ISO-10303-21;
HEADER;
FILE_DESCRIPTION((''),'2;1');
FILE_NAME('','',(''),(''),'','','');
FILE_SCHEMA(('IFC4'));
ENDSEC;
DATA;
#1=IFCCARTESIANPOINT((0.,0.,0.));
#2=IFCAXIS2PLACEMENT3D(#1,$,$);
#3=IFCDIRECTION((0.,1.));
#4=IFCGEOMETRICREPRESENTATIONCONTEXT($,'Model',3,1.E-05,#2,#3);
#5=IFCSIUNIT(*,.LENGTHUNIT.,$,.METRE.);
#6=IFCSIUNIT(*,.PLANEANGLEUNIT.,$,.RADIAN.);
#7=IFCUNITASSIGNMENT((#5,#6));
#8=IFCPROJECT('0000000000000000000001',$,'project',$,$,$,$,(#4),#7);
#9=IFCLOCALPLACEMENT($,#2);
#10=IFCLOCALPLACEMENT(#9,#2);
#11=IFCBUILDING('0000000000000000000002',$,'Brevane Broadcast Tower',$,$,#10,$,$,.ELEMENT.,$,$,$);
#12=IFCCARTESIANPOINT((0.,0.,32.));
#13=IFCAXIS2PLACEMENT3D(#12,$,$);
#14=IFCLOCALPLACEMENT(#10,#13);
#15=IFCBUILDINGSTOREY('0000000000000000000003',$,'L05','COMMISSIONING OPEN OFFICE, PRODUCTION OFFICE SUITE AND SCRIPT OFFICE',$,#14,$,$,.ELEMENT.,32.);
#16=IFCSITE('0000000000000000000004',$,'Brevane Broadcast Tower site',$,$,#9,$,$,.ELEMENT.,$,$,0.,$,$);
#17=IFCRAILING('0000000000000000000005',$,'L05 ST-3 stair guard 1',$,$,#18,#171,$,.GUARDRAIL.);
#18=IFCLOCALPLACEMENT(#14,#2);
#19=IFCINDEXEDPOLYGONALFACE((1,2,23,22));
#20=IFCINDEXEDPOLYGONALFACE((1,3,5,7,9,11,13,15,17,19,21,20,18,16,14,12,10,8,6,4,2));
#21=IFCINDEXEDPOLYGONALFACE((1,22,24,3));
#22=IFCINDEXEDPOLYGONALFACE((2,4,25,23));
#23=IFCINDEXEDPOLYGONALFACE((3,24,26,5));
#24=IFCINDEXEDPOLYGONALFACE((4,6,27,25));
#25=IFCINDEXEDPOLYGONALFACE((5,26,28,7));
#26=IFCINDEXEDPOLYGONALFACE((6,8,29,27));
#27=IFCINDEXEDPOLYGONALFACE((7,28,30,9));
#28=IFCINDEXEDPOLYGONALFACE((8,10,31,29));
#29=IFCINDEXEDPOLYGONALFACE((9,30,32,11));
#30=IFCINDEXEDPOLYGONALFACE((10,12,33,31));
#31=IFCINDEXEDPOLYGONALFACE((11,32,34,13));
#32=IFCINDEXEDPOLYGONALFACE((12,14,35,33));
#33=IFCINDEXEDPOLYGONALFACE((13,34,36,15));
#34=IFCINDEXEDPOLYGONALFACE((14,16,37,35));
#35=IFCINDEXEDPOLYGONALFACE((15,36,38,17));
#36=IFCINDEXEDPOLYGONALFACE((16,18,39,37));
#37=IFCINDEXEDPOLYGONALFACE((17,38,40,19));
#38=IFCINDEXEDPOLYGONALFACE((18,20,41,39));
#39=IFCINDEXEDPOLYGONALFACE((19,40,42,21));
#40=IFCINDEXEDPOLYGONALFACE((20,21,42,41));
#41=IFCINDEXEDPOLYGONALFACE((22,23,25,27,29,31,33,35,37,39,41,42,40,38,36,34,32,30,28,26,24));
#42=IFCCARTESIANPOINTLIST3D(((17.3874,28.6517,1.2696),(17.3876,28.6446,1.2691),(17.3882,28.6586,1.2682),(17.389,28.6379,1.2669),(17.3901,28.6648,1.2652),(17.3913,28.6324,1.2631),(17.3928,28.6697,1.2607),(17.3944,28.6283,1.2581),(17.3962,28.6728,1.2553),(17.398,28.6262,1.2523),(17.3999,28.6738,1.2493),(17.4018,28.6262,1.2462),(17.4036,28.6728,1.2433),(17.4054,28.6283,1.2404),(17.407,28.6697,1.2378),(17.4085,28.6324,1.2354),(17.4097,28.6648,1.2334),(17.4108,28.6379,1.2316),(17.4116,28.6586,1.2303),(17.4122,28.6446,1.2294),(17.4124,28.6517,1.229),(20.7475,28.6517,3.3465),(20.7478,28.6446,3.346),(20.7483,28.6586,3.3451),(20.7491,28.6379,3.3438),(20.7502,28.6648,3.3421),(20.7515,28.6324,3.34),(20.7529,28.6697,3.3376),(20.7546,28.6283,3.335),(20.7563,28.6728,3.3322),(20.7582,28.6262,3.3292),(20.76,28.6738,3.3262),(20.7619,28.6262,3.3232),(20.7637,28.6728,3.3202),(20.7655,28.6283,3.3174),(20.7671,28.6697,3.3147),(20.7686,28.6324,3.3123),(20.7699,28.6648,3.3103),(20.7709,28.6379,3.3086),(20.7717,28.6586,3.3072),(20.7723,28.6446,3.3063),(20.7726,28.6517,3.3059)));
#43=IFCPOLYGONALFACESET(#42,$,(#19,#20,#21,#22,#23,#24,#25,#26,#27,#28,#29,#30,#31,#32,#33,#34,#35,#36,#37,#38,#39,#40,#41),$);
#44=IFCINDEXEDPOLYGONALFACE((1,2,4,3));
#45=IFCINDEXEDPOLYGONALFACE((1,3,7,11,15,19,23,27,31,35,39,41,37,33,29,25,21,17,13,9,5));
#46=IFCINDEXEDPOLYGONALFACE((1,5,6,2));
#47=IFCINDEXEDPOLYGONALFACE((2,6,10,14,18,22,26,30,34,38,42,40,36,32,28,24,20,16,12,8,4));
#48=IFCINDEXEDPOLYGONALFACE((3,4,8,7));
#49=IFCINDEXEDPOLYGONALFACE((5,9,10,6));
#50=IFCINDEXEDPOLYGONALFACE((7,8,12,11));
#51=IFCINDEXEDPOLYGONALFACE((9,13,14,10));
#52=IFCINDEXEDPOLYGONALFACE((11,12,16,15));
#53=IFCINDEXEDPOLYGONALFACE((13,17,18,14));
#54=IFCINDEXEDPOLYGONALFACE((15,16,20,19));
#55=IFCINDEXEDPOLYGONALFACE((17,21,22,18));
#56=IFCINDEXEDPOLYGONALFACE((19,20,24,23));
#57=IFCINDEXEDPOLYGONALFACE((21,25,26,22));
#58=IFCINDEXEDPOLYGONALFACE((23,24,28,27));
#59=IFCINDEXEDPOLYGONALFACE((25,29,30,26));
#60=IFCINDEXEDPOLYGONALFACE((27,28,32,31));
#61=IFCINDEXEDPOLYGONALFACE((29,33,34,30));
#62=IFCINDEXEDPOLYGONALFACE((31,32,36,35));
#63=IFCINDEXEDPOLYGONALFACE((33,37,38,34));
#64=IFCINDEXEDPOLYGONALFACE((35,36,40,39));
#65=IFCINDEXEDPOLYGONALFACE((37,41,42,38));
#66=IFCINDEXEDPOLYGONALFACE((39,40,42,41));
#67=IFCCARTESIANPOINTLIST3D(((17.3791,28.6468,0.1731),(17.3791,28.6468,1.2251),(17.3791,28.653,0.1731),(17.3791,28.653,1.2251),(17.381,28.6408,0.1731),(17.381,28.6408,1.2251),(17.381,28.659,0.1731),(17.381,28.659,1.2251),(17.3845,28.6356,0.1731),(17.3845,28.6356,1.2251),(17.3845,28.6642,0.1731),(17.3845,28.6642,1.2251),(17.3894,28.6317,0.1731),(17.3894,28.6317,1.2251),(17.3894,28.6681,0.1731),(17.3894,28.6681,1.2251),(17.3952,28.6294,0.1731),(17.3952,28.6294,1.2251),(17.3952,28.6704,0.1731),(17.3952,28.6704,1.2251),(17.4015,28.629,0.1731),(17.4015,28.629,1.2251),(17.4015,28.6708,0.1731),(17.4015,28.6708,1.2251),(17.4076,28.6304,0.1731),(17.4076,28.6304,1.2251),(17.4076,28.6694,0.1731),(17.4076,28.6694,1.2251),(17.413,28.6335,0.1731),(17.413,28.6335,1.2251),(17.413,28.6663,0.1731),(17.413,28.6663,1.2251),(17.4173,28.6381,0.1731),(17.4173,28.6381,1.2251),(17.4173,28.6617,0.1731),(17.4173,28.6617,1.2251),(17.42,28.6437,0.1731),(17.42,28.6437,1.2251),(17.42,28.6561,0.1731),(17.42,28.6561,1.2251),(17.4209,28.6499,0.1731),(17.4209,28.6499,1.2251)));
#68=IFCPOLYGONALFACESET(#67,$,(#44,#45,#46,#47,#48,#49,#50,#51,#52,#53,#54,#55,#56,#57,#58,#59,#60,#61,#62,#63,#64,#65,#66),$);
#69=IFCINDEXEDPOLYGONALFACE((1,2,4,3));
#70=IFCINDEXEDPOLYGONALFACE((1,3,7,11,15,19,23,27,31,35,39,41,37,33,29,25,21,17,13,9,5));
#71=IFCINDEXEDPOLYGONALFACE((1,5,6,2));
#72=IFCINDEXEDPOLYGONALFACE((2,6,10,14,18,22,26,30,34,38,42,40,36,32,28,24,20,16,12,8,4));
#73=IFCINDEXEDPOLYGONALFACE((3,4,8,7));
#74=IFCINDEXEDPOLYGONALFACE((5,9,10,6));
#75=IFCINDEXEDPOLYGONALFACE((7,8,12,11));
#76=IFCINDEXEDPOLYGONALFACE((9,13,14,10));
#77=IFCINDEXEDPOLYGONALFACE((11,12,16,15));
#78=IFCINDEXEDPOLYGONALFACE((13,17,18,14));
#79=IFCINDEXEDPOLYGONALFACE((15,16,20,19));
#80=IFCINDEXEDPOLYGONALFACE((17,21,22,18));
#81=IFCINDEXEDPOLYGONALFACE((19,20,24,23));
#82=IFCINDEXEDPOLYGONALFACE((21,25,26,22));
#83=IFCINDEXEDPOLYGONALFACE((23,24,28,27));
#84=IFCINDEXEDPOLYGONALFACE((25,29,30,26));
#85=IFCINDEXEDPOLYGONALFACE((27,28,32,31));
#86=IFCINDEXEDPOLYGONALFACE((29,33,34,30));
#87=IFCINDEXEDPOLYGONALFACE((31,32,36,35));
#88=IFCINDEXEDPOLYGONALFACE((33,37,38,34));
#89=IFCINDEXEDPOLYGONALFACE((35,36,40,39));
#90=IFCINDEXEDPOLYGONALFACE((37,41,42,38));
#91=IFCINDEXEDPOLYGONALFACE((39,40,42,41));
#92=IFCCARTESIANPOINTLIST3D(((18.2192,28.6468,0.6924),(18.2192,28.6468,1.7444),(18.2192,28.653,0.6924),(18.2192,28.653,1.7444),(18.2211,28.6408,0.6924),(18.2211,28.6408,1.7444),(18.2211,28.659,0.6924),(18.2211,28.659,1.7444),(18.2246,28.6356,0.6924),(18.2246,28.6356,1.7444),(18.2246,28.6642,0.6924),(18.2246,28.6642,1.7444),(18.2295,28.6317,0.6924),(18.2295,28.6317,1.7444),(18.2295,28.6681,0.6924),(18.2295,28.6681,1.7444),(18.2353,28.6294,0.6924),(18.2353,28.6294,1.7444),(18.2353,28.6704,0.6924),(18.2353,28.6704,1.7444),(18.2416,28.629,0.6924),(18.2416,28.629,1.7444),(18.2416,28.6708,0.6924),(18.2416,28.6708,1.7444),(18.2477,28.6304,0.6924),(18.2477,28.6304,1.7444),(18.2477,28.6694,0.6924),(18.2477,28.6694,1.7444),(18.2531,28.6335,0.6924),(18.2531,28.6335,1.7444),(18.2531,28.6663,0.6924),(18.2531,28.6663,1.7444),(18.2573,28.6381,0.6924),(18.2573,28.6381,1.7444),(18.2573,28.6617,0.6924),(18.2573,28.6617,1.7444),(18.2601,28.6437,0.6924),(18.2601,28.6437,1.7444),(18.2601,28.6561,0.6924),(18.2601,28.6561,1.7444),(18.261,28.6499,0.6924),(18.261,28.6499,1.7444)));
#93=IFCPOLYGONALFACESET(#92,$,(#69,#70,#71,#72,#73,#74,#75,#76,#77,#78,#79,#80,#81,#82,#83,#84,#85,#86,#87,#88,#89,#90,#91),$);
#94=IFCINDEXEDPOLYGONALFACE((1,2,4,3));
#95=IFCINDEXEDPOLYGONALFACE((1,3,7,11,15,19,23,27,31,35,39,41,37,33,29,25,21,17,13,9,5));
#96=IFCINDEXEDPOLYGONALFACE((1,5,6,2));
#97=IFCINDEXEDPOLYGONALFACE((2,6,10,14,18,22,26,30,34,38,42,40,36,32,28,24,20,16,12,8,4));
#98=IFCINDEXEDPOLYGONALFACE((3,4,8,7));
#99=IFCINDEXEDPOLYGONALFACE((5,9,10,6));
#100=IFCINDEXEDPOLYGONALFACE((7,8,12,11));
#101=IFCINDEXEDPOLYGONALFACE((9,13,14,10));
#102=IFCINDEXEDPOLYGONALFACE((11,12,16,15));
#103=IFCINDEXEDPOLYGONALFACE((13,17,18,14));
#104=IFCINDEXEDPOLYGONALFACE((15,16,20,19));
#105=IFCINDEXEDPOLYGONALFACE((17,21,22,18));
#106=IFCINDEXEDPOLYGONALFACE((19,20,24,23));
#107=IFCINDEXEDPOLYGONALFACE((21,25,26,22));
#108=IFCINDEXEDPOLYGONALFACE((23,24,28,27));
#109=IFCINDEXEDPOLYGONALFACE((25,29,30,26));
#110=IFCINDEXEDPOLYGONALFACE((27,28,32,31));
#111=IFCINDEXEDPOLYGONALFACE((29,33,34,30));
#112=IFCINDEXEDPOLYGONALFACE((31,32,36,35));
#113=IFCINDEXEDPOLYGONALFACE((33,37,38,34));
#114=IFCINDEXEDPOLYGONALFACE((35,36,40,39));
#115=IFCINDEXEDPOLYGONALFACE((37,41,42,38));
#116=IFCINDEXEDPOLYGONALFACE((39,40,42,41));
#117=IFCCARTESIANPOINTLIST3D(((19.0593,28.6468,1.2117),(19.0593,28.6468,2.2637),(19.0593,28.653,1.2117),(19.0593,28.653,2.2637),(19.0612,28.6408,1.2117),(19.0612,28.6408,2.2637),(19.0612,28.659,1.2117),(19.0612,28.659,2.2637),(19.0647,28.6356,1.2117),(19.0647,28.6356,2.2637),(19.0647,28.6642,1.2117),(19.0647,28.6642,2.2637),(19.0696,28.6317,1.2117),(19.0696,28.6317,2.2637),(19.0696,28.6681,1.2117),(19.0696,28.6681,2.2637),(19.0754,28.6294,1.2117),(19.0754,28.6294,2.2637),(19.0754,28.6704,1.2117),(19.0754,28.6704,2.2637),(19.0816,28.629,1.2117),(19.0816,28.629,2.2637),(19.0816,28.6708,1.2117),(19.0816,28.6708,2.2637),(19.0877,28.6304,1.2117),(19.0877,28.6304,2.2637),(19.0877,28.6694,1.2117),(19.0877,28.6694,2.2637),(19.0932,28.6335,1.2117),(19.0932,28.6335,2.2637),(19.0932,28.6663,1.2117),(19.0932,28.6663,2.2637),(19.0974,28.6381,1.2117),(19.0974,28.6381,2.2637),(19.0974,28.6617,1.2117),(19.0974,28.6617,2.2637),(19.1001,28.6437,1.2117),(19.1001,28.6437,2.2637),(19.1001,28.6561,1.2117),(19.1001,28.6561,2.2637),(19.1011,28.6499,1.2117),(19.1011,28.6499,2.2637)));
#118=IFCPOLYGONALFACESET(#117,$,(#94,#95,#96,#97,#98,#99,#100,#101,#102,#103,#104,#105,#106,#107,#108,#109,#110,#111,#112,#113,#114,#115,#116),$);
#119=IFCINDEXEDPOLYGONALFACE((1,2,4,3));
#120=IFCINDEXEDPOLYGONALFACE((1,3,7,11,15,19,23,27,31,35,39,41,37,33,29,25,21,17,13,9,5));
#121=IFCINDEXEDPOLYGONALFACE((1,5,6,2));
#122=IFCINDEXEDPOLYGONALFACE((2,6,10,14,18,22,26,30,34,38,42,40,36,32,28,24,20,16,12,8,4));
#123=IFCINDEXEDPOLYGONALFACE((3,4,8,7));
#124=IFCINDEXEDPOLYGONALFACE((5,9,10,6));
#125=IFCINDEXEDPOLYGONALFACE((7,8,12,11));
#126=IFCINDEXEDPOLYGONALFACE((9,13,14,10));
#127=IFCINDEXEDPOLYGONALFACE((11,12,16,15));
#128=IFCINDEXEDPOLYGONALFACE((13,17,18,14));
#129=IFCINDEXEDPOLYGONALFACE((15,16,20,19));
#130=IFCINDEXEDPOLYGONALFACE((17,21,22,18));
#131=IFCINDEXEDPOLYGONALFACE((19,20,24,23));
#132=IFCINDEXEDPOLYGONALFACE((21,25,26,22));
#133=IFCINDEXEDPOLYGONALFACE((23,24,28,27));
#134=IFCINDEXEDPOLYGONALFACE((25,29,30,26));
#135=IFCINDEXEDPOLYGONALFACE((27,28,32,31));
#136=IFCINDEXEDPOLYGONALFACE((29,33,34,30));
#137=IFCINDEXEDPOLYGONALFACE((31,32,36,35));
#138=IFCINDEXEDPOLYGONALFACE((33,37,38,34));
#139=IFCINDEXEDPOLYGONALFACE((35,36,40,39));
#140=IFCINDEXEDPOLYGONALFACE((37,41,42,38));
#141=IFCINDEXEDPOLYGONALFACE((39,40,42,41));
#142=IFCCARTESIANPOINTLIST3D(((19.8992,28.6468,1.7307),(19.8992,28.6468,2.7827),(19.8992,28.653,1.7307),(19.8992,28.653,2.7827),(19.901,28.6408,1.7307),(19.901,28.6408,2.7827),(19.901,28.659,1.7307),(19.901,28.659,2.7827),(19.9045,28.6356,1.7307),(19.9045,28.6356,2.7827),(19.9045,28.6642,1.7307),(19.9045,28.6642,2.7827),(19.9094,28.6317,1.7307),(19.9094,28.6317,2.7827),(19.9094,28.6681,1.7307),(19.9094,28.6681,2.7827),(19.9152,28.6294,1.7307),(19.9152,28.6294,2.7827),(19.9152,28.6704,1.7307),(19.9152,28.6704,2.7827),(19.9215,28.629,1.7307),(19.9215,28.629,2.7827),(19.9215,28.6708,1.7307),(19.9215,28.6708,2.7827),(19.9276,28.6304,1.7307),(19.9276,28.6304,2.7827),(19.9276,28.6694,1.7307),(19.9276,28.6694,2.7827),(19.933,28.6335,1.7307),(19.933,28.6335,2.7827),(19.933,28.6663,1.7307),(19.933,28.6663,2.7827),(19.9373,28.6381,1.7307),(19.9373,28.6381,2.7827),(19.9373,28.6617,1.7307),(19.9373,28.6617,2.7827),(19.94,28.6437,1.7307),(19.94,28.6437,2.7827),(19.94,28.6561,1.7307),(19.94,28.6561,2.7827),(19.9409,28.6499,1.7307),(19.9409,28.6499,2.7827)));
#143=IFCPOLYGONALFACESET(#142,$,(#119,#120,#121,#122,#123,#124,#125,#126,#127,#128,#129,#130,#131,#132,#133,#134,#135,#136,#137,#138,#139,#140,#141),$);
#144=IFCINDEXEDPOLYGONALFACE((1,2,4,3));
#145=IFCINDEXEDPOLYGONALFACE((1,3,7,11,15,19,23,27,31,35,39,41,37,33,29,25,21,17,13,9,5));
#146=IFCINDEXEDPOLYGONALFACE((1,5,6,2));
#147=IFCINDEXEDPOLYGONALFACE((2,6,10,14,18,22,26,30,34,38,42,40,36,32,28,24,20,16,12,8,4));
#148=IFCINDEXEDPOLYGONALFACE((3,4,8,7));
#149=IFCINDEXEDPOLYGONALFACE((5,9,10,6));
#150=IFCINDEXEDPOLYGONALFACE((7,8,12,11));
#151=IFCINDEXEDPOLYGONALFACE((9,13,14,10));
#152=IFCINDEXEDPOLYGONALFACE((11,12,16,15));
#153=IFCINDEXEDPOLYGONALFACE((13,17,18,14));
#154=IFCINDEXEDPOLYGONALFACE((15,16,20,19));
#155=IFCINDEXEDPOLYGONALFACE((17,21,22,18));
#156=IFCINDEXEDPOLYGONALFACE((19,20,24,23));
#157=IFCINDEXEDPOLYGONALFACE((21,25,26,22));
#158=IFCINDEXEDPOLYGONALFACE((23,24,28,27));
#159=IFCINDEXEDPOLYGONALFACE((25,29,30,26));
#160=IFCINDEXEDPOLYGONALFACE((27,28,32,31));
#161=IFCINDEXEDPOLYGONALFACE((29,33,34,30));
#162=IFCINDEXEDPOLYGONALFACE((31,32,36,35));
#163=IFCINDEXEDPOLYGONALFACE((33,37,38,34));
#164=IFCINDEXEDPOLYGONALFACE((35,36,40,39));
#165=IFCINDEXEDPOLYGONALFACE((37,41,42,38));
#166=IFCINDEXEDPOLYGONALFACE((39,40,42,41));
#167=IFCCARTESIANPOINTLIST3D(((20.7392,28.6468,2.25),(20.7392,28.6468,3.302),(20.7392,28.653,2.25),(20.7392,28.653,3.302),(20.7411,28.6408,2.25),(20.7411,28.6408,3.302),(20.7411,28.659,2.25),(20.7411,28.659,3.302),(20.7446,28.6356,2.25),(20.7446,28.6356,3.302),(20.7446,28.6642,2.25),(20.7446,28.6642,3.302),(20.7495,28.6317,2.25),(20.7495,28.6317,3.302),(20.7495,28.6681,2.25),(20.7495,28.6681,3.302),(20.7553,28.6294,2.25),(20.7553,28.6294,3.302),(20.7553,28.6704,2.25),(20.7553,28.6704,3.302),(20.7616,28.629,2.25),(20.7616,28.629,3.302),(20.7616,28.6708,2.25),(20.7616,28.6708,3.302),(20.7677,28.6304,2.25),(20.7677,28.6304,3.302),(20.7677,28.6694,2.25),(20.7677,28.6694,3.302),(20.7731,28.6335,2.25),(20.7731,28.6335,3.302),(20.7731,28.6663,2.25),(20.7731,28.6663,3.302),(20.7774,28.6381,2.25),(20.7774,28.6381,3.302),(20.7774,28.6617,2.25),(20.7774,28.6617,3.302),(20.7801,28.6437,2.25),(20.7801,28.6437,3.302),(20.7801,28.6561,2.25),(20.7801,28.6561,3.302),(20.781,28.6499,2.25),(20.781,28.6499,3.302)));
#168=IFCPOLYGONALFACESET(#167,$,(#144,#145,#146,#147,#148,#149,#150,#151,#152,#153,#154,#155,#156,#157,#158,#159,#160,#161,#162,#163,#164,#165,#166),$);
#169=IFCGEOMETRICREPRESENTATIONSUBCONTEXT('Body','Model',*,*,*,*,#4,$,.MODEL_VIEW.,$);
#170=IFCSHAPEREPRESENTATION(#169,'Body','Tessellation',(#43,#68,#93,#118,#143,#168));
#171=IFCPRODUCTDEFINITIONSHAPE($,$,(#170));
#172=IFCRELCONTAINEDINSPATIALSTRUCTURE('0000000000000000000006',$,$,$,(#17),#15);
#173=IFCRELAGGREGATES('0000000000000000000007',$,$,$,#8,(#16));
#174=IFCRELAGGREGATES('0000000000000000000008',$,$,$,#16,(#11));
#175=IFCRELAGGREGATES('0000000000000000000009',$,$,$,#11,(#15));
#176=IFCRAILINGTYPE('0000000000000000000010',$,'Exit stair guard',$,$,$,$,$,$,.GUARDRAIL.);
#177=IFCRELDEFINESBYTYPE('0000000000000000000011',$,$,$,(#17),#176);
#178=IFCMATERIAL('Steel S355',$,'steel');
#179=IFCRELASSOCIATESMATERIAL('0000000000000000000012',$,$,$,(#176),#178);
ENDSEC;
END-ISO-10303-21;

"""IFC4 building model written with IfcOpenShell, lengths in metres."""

from ifc_helpers import new_model, si_unit, direction, frame, origin, origin_2d, place, context, subcontext, project, spatial, circle, extrude, material, type_object, element, save


model = new_model("IFC4")

# Units and contexts
model_context = context("Model", 3, precision=1e-05, world=origin(), true_north=direction((0.0, 1.0)))
body_context = subcontext(model_context, "Body", "Model", "MODEL_VIEW")
ifc_project = project(units=[si_unit("LENGTHUNIT", "METRE"), si_unit("PLANEANGLEUNIT", "RADIAN")], contexts=[model_context])

# Site, building, storey
site_placement = place(None, origin())
site = spatial("IfcSite", under=ifc_project, at=site_placement, Name="Brevane Broadcast Tower site", CompositionType="ELEMENT", RefElevation=0.0)
building_placement = place(site_placement, origin())
building = spatial("IfcBuilding", under=site, at=building_placement, Name="Brevane Broadcast Tower", CompositionType="ELEMENT")
storey_placement = place(building_placement, frame((0.0, 0.0, 32.0)))
storey = spatial("IfcBuildingStorey", under=building, at=storey_placement, Name="L05", Description="COMMISSIONING OPEN OFFICE, PRODUCTION OFFICE SUITE AND SCRIPT OFFICE", CompositionType="ELEMENT", Elevation=32.0)

# Railing
ifc_material_1 = material(Name="Steel S355", Category="steel")
railing_type_1 = type_object("IfcRailingType", Name="Exit stair guard", PredefinedType="GUARDRAIL", material=ifc_material_1)
railing_1_placement = place(storey_placement, frame((17.3999, 28.6499, 0.1731)))
element("IfcRailing", 1, at=railing_1_placement, inside=storey, type_object=railing_type_1, Name="L05 ST-3 stair guard 1", PredefinedType="GUARDRAIL", context=body_context, shape_type="SweptSolid", body=[
    extrude(circle(Radius=0.0239, at=origin_2d()), frame((0.0, 0.0, 1.0762), z_axis=(0.850623, 0.0, 0.525776), x_axis=(0.0, 1.0, 0.0)), (0.0, 0.0, 1.0), 3.9502),
    extrude(circle(Radius=0.021, at=origin_2d()), origin(), (0.0, 0.0, 1.0), 1.052),
    extrude(circle(Radius=0.021, at=origin_2d()), frame((0.8401, 0.0, 0.5193)), (0.0, 0.0, 1.0), 1.052),
    extrude(circle(Radius=0.021, at=origin_2d()), frame((1.6802, 0.0, 1.0386)), (0.0, 0.0, 1.0), 1.052),
    extrude(circle(Radius=0.021, at=origin_2d()), frame((2.52, 0.0, 1.5576)), (0.0, 0.0, 1.0), 1.052),
    extrude(circle(Radius=0.021, at=origin_2d()), frame((3.3601, 0.0, 2.0769)), (0.0, 0.0, 1.0), 1.052),
])

save(model, "model.ifc")
